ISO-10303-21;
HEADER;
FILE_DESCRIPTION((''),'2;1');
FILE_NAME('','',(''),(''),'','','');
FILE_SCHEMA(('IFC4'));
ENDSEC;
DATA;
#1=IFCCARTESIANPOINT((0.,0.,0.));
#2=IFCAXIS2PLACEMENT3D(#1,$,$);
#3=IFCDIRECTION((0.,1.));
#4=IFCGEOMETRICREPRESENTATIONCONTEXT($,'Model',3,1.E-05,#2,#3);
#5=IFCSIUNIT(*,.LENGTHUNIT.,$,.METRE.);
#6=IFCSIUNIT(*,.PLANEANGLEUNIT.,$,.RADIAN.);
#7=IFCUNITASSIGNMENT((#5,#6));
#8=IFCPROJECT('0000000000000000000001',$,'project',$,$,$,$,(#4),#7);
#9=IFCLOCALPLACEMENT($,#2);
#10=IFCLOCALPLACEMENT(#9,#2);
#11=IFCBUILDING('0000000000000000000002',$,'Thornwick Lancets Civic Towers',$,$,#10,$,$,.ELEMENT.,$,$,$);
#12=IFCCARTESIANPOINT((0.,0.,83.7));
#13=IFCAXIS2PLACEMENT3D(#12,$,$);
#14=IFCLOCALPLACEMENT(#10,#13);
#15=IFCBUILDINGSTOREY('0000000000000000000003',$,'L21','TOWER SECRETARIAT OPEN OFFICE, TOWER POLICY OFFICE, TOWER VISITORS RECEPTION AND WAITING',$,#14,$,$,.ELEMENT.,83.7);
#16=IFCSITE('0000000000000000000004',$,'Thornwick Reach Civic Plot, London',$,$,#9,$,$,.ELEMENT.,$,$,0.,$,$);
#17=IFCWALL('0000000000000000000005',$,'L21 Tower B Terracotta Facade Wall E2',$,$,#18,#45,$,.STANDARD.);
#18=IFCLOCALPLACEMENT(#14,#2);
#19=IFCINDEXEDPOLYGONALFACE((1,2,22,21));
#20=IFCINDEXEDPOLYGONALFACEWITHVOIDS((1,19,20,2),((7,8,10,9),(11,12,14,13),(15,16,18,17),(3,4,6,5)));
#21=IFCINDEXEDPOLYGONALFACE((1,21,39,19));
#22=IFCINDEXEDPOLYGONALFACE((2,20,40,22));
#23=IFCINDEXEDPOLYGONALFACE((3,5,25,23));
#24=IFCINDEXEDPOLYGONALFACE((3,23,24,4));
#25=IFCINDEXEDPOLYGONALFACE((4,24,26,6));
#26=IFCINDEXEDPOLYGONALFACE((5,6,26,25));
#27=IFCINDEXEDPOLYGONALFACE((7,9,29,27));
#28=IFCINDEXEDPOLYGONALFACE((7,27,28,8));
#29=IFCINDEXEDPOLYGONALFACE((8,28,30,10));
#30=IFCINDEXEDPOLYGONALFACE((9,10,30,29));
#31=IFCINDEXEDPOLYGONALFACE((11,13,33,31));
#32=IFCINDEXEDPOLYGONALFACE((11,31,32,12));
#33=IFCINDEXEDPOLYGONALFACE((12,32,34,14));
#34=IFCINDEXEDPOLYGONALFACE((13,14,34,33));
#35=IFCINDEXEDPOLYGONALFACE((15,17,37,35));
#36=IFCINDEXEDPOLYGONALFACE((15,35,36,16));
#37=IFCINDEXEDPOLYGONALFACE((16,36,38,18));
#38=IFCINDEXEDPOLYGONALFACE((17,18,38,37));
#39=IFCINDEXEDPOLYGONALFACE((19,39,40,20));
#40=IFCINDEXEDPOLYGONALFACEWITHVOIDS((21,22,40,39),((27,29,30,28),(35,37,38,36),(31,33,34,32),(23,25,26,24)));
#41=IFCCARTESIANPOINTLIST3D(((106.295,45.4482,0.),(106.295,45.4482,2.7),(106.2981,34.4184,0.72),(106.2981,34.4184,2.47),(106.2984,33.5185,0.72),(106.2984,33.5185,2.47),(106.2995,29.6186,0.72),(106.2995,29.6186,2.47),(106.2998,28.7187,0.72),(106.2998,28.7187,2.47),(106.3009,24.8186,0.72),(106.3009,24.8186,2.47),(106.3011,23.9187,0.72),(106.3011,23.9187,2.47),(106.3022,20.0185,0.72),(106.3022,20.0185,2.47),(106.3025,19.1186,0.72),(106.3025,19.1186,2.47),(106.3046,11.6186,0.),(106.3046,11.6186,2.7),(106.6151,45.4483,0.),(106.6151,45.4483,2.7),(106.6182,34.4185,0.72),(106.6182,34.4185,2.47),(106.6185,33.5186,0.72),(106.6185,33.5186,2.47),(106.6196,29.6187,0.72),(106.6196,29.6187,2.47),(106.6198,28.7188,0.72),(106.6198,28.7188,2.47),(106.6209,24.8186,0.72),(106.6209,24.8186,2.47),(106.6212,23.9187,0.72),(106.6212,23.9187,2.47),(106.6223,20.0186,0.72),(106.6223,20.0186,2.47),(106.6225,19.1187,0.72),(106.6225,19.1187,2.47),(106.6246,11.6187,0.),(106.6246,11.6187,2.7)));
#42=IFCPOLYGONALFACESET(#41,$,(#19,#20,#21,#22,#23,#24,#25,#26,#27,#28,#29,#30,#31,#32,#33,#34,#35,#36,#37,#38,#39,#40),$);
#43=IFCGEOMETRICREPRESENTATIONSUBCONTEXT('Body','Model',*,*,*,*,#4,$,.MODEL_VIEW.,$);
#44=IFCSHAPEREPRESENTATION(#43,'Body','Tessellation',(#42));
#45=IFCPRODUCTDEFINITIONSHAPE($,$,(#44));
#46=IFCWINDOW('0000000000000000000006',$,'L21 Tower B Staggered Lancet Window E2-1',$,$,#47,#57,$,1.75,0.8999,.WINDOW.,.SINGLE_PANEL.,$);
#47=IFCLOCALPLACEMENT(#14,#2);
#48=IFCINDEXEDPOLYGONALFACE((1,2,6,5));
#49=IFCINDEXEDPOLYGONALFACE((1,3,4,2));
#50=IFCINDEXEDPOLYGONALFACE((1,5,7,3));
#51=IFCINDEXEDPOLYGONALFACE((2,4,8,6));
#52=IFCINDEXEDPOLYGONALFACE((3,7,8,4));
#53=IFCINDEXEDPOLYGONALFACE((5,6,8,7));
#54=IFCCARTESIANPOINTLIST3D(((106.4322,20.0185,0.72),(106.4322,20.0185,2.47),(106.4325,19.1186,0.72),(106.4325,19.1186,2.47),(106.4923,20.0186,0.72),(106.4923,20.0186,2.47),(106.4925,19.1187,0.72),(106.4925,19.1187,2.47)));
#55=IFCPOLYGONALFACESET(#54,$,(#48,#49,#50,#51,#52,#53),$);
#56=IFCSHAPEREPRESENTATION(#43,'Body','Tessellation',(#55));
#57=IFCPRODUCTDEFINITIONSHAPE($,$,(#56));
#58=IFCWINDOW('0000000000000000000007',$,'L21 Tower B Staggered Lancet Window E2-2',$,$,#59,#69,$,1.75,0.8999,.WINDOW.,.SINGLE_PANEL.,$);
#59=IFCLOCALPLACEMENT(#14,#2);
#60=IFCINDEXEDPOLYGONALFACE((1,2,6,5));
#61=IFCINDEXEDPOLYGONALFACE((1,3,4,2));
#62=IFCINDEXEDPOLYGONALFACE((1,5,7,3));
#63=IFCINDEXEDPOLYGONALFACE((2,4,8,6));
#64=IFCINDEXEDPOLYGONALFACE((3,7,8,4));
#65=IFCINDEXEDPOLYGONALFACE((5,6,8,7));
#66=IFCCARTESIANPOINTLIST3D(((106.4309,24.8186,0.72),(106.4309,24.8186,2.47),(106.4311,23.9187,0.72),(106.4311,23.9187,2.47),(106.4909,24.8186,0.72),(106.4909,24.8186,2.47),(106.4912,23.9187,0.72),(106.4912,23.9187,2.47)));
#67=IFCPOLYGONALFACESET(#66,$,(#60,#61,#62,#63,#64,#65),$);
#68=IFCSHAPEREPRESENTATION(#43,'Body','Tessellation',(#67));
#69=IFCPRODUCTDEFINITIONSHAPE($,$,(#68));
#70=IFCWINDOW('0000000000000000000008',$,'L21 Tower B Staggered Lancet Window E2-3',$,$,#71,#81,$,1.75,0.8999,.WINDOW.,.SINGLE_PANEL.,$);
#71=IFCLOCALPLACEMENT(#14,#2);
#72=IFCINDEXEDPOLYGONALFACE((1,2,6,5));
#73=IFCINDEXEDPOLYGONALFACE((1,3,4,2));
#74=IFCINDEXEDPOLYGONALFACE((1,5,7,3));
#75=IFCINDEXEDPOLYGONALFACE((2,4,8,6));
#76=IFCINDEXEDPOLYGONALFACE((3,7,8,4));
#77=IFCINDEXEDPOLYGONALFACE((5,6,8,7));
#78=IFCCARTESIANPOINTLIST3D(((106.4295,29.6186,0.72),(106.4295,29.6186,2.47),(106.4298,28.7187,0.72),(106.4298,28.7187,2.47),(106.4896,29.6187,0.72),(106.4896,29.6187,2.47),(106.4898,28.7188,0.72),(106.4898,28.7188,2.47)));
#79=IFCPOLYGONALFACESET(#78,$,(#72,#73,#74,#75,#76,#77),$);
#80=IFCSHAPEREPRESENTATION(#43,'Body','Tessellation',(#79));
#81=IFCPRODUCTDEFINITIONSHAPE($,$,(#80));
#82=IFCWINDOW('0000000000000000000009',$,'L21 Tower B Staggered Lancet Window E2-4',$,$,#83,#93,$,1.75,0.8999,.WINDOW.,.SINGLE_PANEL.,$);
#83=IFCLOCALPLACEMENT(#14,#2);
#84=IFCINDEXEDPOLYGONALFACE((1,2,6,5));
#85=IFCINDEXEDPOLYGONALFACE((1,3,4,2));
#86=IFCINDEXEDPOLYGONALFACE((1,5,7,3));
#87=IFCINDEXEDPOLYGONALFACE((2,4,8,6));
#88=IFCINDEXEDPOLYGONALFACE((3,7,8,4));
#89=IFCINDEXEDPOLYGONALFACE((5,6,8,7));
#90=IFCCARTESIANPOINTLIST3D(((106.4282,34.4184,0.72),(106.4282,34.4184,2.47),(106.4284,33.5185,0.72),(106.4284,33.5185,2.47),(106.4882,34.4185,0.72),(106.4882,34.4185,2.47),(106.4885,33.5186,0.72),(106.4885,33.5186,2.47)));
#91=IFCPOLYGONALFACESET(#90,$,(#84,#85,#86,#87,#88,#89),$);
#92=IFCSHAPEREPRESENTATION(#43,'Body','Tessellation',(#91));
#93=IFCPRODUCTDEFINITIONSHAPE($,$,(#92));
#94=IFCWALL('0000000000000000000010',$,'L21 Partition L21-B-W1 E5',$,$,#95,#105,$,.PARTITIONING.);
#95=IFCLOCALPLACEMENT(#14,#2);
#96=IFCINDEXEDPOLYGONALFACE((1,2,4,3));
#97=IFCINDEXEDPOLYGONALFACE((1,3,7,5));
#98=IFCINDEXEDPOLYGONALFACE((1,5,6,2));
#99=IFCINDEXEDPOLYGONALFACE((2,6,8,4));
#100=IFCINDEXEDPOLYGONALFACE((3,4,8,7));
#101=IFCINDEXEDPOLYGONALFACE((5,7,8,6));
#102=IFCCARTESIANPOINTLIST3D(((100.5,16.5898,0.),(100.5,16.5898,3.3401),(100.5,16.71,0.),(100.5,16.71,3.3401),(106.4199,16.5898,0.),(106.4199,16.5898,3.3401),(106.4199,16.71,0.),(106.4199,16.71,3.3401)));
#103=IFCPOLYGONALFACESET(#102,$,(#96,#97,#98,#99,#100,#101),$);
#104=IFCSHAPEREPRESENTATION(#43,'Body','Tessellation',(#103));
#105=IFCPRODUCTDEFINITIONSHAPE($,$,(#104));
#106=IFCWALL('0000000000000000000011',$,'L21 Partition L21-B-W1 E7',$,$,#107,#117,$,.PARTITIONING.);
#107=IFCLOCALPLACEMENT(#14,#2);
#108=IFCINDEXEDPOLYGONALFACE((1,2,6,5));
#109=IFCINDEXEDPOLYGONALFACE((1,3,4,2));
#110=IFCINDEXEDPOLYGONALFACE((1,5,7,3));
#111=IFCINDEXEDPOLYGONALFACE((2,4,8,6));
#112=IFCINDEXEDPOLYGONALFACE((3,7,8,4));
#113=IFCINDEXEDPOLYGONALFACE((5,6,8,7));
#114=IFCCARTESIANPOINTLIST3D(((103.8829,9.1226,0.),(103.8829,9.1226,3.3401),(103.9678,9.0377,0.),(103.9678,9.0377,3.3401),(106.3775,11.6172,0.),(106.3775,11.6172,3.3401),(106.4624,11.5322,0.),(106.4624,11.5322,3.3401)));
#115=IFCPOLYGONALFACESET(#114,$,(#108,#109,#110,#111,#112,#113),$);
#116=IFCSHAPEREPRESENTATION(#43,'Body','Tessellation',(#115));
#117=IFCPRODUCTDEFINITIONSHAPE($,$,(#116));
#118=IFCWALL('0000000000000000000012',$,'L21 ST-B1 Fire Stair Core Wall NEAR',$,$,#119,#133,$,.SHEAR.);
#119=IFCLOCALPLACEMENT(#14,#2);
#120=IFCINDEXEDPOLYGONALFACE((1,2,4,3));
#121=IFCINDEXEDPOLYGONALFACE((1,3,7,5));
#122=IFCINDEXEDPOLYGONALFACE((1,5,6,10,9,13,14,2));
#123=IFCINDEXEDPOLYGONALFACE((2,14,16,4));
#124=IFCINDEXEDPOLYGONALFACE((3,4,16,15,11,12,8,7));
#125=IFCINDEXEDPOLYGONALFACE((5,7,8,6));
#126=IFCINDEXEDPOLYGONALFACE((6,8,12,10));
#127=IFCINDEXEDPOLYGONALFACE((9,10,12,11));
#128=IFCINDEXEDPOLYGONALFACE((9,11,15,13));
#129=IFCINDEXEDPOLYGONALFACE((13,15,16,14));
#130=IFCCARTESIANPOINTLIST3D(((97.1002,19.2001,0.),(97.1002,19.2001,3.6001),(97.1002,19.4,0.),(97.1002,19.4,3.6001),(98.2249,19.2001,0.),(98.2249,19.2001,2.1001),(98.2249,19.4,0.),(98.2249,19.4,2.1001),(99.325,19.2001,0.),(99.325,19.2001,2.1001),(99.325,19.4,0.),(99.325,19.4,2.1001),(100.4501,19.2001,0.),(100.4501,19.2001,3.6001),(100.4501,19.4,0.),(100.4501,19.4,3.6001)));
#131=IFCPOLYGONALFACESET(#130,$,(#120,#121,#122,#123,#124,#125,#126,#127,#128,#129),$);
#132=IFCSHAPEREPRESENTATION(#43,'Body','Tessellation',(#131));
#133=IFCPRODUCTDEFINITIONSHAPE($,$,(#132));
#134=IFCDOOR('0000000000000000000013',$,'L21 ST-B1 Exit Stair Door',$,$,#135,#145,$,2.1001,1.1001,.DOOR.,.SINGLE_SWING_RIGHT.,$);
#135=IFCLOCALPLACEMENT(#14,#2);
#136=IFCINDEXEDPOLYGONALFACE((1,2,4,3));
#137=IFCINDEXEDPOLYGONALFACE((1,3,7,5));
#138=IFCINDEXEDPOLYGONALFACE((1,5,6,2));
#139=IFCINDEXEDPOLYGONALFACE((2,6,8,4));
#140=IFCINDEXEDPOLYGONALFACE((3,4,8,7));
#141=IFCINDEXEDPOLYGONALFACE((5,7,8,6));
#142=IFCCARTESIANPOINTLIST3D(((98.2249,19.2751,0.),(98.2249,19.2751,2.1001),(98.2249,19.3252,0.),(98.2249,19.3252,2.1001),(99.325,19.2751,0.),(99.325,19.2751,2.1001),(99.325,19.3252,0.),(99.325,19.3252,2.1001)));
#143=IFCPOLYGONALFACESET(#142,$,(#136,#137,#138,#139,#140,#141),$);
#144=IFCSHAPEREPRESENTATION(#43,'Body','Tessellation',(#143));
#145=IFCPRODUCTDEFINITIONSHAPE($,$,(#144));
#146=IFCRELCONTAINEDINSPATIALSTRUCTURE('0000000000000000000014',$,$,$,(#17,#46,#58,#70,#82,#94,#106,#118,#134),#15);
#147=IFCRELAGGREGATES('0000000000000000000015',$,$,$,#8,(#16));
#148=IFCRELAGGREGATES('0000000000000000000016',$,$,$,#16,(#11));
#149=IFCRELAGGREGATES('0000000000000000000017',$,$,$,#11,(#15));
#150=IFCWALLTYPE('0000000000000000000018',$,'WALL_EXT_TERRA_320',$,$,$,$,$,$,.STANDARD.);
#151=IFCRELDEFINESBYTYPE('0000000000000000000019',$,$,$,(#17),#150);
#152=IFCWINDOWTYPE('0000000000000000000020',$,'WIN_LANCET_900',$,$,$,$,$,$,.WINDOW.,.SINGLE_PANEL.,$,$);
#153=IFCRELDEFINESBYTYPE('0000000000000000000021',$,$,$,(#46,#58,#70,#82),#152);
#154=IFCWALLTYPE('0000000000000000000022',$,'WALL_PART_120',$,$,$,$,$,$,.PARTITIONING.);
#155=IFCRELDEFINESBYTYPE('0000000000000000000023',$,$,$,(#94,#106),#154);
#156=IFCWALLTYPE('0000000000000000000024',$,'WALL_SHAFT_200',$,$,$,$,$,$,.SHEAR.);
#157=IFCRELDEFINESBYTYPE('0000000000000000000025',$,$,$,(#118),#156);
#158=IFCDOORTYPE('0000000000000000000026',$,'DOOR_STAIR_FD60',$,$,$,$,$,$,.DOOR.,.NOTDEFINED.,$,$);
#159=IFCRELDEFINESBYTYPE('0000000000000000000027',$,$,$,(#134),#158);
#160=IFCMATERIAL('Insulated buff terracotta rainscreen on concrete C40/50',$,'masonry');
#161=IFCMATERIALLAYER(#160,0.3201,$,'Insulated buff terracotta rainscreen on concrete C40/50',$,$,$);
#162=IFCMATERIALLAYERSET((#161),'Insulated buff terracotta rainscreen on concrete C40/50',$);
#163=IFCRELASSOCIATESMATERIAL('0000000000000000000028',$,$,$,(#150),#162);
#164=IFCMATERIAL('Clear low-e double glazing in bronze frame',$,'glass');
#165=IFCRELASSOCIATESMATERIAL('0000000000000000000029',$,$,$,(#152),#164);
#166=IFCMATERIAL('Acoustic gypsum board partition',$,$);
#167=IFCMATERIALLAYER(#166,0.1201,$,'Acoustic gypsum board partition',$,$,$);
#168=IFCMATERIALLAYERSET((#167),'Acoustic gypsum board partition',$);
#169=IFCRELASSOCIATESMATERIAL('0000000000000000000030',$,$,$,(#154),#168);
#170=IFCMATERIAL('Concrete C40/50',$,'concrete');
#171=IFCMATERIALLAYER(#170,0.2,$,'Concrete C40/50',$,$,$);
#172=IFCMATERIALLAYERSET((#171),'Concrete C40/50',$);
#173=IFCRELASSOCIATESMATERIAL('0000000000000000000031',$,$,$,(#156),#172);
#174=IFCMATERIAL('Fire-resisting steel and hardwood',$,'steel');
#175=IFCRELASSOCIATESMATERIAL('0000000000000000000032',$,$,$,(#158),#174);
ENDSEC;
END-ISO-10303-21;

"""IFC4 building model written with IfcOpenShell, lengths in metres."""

from ifc_helpers import new_model, si_unit, direction, frame, frame_2d, origin, place, context, subcontext, project, spatial, rectangle, extrude, material, layer, layer_set, type_object, element, fill, save


model = new_model("IFC4")

# Units and contexts
model_context = context("Model", 3, precision=1e-05, world=origin(), true_north=direction((0.0, 1.0)))
body_context = subcontext(model_context, "Body", "Model", "MODEL_VIEW")
ifc_project = project(units=[si_unit("LENGTHUNIT", "METRE"), si_unit("PLANEANGLEUNIT", "RADIAN")], contexts=[model_context])

# Site, building, storey
site_placement = place(None, origin())
site = spatial("IfcSite", under=ifc_project, at=site_placement, Name="Thornwick Reach Civic Plot, London", CompositionType="ELEMENT", RefElevation=0.0)
building_placement = place(site_placement, origin())
building = spatial("IfcBuilding", under=site, at=building_placement, Name="Thornwick Lancets Civic Towers", CompositionType="ELEMENT")
storey_placement = place(building_placement, frame((0.0, 0.0, 83.7)))
storey = spatial("IfcBuildingStorey", under=building, at=storey_placement, Name="L21", Description="TOWER SECRETARIAT OPEN OFFICE, TOWER POLICY OFFICE, TOWER VISITORS RECEPTION AND WAITING", CompositionType="ELEMENT", Elevation=83.7)

# Shared definitions
ifc_material_1 = material(Name="Concrete C40/50", Category="concrete")

# Wall, openings, windows
ifc_material_2 = material(Name="Insulated buff terracotta rainscreen on concrete C40/50", Category="masonry")
ifc_layer_1 = layer(ifc_material_2, 0.3201, Name="Insulated buff terracotta rainscreen on concrete C40/50")
ifc_layer_set_1 = layer_set([ifc_layer_1], Name="Insulated buff terracotta rainscreen on concrete C40/50")
wall_type_1 = type_object("IfcWallType", Name="WALL_EXT_TERRA_320", PredefinedType="STANDARD", material=ifc_layer_set_1)
wall_1_placement = place(storey_placement, frame((106.4646, 11.6187, 0.0), z_axis=(0.0, 0.0, 1.0), x_axis=(-0.000281, 1.0, 0.0)))
wall_1 = element("IfcWall", 1, at=wall_1_placement, inside=storey, type_object=wall_type_1, Name="L21 Tower B Terracotta Facade Wall E2", PredefinedType="STANDARD", context=body_context, shape_type="SweptSolid", body=[
    extrude(rectangle(XDim=33.8296, YDim=0.3201, at=frame_2d((16.9148, 0.0))), origin(), (0.0, 0.0, 1.0), 2.7),
])
opening_1_placement = place(wall_1_placement, frame((7.5, 0.0, 0.72)))
opening_1 = element("IfcOpeningElement", 2, at=opening_1_placement, cuts=wall_1, PredefinedType="OPENING", context=body_context, shape_type="SweptSolid", body=[
    extrude(rectangle(XDim=0.8999, YDim=1.75, at=frame_2d((0.45, 0.875))), frame((0.0, 0.1699, 0.0), z_axis=(0.0, -1.0, 0.0), x_axis=(1.0, 0.0, 0.0)), (0.0, 0.0, 1.0), 0.3401),
])
opening_2_placement = place(wall_1_placement, frame((12.3, 0.0, 0.72)))
opening_2 = element("IfcOpeningElement", 3, at=opening_2_placement, cuts=wall_1, PredefinedType="OPENING", context=body_context, shape_type="SweptSolid", body=[
    extrude(rectangle(XDim=0.8999, YDim=1.75, at=frame_2d((0.45, 0.875))), frame((0.0, 0.1699, 0.0), z_axis=(0.0, -1.0, 0.0), x_axis=(1.0, 0.0, 0.0)), (0.0, 0.0, 1.0), 0.3401),
])
opening_3_placement = place(wall_1_placement, frame((17.1001, 0.0, 0.72)))
opening_3 = element("IfcOpeningElement", 4, at=opening_3_placement, cuts=wall_1, PredefinedType="OPENING", context=body_context, shape_type="SweptSolid", body=[
    extrude(rectangle(XDim=0.8999, YDim=1.75, at=frame_2d((0.45, 0.875))), frame((0.0, 0.1699, 0.0), z_axis=(0.0, -1.0, 0.0), x_axis=(1.0, 0.0, 0.0)), (0.0, 0.0, 1.0), 0.3401),
])
opening_4_placement = place(wall_1_placement, frame((21.8999, 0.0, 0.72)))
opening_4 = element("IfcOpeningElement", 5, at=opening_4_placement, cuts=wall_1, PredefinedType="OPENING", context=body_context, shape_type="SweptSolid", body=[
    extrude(rectangle(XDim=0.8999, YDim=1.75, at=frame_2d((0.45, 0.875))), frame((0.0, 0.1699, 0.0), z_axis=(0.0, -1.0, 0.0), x_axis=(1.0, 0.0, 0.0)), (0.0, 0.0, 1.0), 0.3401),
])
ifc_material_3 = material(Name="Clear low-e double glazing in bronze frame", Category="glass")
window_type = type_object("IfcWindowType", Name="WIN_LANCET_900", PartitioningType="SINGLE_PANEL", PredefinedType="WINDOW", material=ifc_material_3)
window_1_placement = place(opening_1_placement, origin())
window_1 = element("IfcWindow", 6, at=window_1_placement, inside=storey, type_object=window_type, Name="L21 Tower B Staggered Lancet Window E2-1", OverallHeight=1.75, OverallWidth=0.8999, PartitioningType="SINGLE_PANEL", PredefinedType="WINDOW", context=body_context, shape_type="SweptSolid", body=[
    extrude(rectangle(XDim=0.8999, YDim=1.75, at=frame_2d((0.45, 0.875))), frame((0.0, 0.03, 0.0), z_axis=(0.0, -1.0, 0.0), x_axis=(1.0, 0.0, 0.0)), (0.0, 0.0, 1.0), 0.0601),
])
fill(opening_1, window_1)
window_2_placement = place(opening_2_placement, origin())
window_2 = element("IfcWindow", 7, at=window_2_placement, inside=storey, type_object=window_type, Name="L21 Tower B Staggered Lancet Window E2-2", OverallHeight=1.75, OverallWidth=0.8999, PartitioningType="SINGLE_PANEL", PredefinedType="WINDOW", context=body_context, shape_type="SweptSolid", body=[
    extrude(rectangle(XDim=0.8999, YDim=1.75, at=frame_2d((0.45, 0.875))), frame((0.0, 0.03, 0.0), z_axis=(0.0, -1.0, 0.0), x_axis=(1.0, 0.0, 0.0)), (0.0, 0.0, 1.0), 0.0601),
])
fill(opening_2, window_2)
window_3_placement = place(opening_3_placement, origin())
window_3 = element("IfcWindow", 8, at=window_3_placement, inside=storey, type_object=window_type, Name="L21 Tower B Staggered Lancet Window E2-3", OverallHeight=1.75, OverallWidth=0.8999, PartitioningType="SINGLE_PANEL", PredefinedType="WINDOW", context=body_context, shape_type="SweptSolid", body=[
    extrude(rectangle(XDim=0.8999, YDim=1.75, at=frame_2d((0.45, 0.875))), frame((0.0, 0.03, 0.0), z_axis=(0.0, -1.0, 0.0), x_axis=(1.0, 0.0, 0.0)), (0.0, 0.0, 1.0), 0.0601),
])
fill(opening_3, window_3)
window_4_placement = place(opening_4_placement, origin())
window_4 = element("IfcWindow", 9, at=window_4_placement, inside=storey, type_object=window_type, Name="L21 Tower B Staggered Lancet Window E2-4", OverallHeight=1.75, OverallWidth=0.8999, PartitioningType="SINGLE_PANEL", PredefinedType="WINDOW", context=body_context, shape_type="SweptSolid", body=[
    extrude(rectangle(XDim=0.8999, YDim=1.75, at=frame_2d((0.45, 0.875))), frame((0.0, 0.03, 0.0), z_axis=(0.0, -1.0, 0.0), x_axis=(1.0, 0.0, 0.0)), (0.0, 0.0, 1.0), 0.0601),
])
fill(opening_4, window_4)

# Walls
ifc_material_4 = material(Name="Acoustic gypsum board partition")
ifc_layer_2 = layer(ifc_material_4, 0.1201, Name="Acoustic gypsum board partition")
ifc_layer_set_2 = layer_set([ifc_layer_2], Name="Acoustic gypsum board partition")
wall_type_2 = type_object("IfcWallType", Name="WALL_PART_120", PredefinedType="PARTITIONING", material=ifc_layer_set_2)
wall_2_placement = place(storey_placement, frame((100.5, 16.6499, 0.0), z_axis=(0.0, 0.0, 1.0), x_axis=(1.0, 0.0, 0.0)))
element("IfcWall", 10, at=wall_2_placement, inside=storey, type_object=wall_type_2, Name="L21 Partition L21-B-W1 E5", PredefinedType="PARTITIONING", context=body_context, shape_type="SweptSolid", body=[
    extrude(rectangle(XDim=5.9199, YDim=0.1201, at=frame_2d((2.96, 0.0))), origin(), (0.0, 0.0, 1.0), 3.3401),
])
wall_3_placement = place(storey_placement, frame((106.4199, 11.5747, 0.0), z_axis=(0.0, 0.0, 1.0), x_axis=(-0.707107, -0.707107, 0.0)))
element("IfcWall", 11, at=wall_3_placement, inside=storey, type_object=wall_type_2, Name="L21 Partition L21-B-W1 E7", PredefinedType="PARTITIONING", context=body_context, shape_type="SweptSolid", body=[
    extrude(rectangle(XDim=3.5278, YDim=0.1201, at=frame_2d((1.7639, 0.0))), origin(), (0.0, 0.0, 1.0), 3.3401),
])

# Wall, opening, door
ifc_layer_3 = layer(ifc_material_1, 0.2, Name="Concrete C40/50")
ifc_layer_set_3 = layer_set([ifc_layer_3], Name="Concrete C40/50")
wall_type_3 = type_object("IfcWallType", Name="WALL_SHAFT_200", PredefinedType="SHEAR", material=ifc_layer_set_3)
wall_4_placement = place(storey_placement, frame((100.45, 19.3, 0.0), z_axis=(0.0, 0.0, 1.0), x_axis=(-1.0, 0.0, 0.0)))
wall_4 = element("IfcWall", 12, at=wall_4_placement, inside=storey, type_object=wall_type_3, Name="L21 ST-B1 Fire Stair Core Wall NEAR", PredefinedType="SHEAR", context=body_context, shape_type="SweptSolid", body=[
    extrude(rectangle(XDim=3.3499, YDim=0.2, at=frame_2d((1.6748, 0.0))), origin(), (0.0, 0.0, 1.0), 3.6001),
])
opening_5_placement = place(wall_4_placement, frame((1.125, 0.0, 0.0)))
opening_5 = element("IfcOpeningElement", 13, at=opening_5_placement, cuts=wall_4, PredefinedType="OPENING", context=body_context, shape_type="SweptSolid", body=[
    extrude(rectangle(XDim=1.1001, YDim=2.1001, at=frame_2d((0.55, 1.05))), frame((0.0, 0.1099, 0.0), z_axis=(0.0, -1.0, 0.0), x_axis=(1.0, 0.0, 0.0)), (0.0, 0.0, 1.0), 0.22),
])
ifc_material_5 = material(Name="Fire-resisting steel and hardwood", Category="steel")
door_type = type_object("IfcDoorType", Name="DOOR_STAIR_FD60", OperationType="NOTDEFINED", PredefinedType="DOOR", material=ifc_material_5)
door_placement = place(opening_5_placement, origin())
door = element("IfcDoor", 14, at=door_placement, inside=storey, type_object=door_type, Name="L21 ST-B1 Exit Stair Door", OperationType="SINGLE_SWING_RIGHT", OverallHeight=2.1001, OverallWidth=1.1001, PredefinedType="DOOR", context=body_context, shape_type="SweptSolid", body=[
    extrude(rectangle(XDim=1.1001, YDim=2.1001, at=frame_2d((0.55, 1.05))), frame((0.0, 0.0249, 0.0), z_axis=(0.0, -1.0, 0.0), x_axis=(1.0, 0.0, 0.0)), (0.0, 0.0, 1.0), 0.05),
])
fill(opening_5, door)

save(model, "model.ifc")
